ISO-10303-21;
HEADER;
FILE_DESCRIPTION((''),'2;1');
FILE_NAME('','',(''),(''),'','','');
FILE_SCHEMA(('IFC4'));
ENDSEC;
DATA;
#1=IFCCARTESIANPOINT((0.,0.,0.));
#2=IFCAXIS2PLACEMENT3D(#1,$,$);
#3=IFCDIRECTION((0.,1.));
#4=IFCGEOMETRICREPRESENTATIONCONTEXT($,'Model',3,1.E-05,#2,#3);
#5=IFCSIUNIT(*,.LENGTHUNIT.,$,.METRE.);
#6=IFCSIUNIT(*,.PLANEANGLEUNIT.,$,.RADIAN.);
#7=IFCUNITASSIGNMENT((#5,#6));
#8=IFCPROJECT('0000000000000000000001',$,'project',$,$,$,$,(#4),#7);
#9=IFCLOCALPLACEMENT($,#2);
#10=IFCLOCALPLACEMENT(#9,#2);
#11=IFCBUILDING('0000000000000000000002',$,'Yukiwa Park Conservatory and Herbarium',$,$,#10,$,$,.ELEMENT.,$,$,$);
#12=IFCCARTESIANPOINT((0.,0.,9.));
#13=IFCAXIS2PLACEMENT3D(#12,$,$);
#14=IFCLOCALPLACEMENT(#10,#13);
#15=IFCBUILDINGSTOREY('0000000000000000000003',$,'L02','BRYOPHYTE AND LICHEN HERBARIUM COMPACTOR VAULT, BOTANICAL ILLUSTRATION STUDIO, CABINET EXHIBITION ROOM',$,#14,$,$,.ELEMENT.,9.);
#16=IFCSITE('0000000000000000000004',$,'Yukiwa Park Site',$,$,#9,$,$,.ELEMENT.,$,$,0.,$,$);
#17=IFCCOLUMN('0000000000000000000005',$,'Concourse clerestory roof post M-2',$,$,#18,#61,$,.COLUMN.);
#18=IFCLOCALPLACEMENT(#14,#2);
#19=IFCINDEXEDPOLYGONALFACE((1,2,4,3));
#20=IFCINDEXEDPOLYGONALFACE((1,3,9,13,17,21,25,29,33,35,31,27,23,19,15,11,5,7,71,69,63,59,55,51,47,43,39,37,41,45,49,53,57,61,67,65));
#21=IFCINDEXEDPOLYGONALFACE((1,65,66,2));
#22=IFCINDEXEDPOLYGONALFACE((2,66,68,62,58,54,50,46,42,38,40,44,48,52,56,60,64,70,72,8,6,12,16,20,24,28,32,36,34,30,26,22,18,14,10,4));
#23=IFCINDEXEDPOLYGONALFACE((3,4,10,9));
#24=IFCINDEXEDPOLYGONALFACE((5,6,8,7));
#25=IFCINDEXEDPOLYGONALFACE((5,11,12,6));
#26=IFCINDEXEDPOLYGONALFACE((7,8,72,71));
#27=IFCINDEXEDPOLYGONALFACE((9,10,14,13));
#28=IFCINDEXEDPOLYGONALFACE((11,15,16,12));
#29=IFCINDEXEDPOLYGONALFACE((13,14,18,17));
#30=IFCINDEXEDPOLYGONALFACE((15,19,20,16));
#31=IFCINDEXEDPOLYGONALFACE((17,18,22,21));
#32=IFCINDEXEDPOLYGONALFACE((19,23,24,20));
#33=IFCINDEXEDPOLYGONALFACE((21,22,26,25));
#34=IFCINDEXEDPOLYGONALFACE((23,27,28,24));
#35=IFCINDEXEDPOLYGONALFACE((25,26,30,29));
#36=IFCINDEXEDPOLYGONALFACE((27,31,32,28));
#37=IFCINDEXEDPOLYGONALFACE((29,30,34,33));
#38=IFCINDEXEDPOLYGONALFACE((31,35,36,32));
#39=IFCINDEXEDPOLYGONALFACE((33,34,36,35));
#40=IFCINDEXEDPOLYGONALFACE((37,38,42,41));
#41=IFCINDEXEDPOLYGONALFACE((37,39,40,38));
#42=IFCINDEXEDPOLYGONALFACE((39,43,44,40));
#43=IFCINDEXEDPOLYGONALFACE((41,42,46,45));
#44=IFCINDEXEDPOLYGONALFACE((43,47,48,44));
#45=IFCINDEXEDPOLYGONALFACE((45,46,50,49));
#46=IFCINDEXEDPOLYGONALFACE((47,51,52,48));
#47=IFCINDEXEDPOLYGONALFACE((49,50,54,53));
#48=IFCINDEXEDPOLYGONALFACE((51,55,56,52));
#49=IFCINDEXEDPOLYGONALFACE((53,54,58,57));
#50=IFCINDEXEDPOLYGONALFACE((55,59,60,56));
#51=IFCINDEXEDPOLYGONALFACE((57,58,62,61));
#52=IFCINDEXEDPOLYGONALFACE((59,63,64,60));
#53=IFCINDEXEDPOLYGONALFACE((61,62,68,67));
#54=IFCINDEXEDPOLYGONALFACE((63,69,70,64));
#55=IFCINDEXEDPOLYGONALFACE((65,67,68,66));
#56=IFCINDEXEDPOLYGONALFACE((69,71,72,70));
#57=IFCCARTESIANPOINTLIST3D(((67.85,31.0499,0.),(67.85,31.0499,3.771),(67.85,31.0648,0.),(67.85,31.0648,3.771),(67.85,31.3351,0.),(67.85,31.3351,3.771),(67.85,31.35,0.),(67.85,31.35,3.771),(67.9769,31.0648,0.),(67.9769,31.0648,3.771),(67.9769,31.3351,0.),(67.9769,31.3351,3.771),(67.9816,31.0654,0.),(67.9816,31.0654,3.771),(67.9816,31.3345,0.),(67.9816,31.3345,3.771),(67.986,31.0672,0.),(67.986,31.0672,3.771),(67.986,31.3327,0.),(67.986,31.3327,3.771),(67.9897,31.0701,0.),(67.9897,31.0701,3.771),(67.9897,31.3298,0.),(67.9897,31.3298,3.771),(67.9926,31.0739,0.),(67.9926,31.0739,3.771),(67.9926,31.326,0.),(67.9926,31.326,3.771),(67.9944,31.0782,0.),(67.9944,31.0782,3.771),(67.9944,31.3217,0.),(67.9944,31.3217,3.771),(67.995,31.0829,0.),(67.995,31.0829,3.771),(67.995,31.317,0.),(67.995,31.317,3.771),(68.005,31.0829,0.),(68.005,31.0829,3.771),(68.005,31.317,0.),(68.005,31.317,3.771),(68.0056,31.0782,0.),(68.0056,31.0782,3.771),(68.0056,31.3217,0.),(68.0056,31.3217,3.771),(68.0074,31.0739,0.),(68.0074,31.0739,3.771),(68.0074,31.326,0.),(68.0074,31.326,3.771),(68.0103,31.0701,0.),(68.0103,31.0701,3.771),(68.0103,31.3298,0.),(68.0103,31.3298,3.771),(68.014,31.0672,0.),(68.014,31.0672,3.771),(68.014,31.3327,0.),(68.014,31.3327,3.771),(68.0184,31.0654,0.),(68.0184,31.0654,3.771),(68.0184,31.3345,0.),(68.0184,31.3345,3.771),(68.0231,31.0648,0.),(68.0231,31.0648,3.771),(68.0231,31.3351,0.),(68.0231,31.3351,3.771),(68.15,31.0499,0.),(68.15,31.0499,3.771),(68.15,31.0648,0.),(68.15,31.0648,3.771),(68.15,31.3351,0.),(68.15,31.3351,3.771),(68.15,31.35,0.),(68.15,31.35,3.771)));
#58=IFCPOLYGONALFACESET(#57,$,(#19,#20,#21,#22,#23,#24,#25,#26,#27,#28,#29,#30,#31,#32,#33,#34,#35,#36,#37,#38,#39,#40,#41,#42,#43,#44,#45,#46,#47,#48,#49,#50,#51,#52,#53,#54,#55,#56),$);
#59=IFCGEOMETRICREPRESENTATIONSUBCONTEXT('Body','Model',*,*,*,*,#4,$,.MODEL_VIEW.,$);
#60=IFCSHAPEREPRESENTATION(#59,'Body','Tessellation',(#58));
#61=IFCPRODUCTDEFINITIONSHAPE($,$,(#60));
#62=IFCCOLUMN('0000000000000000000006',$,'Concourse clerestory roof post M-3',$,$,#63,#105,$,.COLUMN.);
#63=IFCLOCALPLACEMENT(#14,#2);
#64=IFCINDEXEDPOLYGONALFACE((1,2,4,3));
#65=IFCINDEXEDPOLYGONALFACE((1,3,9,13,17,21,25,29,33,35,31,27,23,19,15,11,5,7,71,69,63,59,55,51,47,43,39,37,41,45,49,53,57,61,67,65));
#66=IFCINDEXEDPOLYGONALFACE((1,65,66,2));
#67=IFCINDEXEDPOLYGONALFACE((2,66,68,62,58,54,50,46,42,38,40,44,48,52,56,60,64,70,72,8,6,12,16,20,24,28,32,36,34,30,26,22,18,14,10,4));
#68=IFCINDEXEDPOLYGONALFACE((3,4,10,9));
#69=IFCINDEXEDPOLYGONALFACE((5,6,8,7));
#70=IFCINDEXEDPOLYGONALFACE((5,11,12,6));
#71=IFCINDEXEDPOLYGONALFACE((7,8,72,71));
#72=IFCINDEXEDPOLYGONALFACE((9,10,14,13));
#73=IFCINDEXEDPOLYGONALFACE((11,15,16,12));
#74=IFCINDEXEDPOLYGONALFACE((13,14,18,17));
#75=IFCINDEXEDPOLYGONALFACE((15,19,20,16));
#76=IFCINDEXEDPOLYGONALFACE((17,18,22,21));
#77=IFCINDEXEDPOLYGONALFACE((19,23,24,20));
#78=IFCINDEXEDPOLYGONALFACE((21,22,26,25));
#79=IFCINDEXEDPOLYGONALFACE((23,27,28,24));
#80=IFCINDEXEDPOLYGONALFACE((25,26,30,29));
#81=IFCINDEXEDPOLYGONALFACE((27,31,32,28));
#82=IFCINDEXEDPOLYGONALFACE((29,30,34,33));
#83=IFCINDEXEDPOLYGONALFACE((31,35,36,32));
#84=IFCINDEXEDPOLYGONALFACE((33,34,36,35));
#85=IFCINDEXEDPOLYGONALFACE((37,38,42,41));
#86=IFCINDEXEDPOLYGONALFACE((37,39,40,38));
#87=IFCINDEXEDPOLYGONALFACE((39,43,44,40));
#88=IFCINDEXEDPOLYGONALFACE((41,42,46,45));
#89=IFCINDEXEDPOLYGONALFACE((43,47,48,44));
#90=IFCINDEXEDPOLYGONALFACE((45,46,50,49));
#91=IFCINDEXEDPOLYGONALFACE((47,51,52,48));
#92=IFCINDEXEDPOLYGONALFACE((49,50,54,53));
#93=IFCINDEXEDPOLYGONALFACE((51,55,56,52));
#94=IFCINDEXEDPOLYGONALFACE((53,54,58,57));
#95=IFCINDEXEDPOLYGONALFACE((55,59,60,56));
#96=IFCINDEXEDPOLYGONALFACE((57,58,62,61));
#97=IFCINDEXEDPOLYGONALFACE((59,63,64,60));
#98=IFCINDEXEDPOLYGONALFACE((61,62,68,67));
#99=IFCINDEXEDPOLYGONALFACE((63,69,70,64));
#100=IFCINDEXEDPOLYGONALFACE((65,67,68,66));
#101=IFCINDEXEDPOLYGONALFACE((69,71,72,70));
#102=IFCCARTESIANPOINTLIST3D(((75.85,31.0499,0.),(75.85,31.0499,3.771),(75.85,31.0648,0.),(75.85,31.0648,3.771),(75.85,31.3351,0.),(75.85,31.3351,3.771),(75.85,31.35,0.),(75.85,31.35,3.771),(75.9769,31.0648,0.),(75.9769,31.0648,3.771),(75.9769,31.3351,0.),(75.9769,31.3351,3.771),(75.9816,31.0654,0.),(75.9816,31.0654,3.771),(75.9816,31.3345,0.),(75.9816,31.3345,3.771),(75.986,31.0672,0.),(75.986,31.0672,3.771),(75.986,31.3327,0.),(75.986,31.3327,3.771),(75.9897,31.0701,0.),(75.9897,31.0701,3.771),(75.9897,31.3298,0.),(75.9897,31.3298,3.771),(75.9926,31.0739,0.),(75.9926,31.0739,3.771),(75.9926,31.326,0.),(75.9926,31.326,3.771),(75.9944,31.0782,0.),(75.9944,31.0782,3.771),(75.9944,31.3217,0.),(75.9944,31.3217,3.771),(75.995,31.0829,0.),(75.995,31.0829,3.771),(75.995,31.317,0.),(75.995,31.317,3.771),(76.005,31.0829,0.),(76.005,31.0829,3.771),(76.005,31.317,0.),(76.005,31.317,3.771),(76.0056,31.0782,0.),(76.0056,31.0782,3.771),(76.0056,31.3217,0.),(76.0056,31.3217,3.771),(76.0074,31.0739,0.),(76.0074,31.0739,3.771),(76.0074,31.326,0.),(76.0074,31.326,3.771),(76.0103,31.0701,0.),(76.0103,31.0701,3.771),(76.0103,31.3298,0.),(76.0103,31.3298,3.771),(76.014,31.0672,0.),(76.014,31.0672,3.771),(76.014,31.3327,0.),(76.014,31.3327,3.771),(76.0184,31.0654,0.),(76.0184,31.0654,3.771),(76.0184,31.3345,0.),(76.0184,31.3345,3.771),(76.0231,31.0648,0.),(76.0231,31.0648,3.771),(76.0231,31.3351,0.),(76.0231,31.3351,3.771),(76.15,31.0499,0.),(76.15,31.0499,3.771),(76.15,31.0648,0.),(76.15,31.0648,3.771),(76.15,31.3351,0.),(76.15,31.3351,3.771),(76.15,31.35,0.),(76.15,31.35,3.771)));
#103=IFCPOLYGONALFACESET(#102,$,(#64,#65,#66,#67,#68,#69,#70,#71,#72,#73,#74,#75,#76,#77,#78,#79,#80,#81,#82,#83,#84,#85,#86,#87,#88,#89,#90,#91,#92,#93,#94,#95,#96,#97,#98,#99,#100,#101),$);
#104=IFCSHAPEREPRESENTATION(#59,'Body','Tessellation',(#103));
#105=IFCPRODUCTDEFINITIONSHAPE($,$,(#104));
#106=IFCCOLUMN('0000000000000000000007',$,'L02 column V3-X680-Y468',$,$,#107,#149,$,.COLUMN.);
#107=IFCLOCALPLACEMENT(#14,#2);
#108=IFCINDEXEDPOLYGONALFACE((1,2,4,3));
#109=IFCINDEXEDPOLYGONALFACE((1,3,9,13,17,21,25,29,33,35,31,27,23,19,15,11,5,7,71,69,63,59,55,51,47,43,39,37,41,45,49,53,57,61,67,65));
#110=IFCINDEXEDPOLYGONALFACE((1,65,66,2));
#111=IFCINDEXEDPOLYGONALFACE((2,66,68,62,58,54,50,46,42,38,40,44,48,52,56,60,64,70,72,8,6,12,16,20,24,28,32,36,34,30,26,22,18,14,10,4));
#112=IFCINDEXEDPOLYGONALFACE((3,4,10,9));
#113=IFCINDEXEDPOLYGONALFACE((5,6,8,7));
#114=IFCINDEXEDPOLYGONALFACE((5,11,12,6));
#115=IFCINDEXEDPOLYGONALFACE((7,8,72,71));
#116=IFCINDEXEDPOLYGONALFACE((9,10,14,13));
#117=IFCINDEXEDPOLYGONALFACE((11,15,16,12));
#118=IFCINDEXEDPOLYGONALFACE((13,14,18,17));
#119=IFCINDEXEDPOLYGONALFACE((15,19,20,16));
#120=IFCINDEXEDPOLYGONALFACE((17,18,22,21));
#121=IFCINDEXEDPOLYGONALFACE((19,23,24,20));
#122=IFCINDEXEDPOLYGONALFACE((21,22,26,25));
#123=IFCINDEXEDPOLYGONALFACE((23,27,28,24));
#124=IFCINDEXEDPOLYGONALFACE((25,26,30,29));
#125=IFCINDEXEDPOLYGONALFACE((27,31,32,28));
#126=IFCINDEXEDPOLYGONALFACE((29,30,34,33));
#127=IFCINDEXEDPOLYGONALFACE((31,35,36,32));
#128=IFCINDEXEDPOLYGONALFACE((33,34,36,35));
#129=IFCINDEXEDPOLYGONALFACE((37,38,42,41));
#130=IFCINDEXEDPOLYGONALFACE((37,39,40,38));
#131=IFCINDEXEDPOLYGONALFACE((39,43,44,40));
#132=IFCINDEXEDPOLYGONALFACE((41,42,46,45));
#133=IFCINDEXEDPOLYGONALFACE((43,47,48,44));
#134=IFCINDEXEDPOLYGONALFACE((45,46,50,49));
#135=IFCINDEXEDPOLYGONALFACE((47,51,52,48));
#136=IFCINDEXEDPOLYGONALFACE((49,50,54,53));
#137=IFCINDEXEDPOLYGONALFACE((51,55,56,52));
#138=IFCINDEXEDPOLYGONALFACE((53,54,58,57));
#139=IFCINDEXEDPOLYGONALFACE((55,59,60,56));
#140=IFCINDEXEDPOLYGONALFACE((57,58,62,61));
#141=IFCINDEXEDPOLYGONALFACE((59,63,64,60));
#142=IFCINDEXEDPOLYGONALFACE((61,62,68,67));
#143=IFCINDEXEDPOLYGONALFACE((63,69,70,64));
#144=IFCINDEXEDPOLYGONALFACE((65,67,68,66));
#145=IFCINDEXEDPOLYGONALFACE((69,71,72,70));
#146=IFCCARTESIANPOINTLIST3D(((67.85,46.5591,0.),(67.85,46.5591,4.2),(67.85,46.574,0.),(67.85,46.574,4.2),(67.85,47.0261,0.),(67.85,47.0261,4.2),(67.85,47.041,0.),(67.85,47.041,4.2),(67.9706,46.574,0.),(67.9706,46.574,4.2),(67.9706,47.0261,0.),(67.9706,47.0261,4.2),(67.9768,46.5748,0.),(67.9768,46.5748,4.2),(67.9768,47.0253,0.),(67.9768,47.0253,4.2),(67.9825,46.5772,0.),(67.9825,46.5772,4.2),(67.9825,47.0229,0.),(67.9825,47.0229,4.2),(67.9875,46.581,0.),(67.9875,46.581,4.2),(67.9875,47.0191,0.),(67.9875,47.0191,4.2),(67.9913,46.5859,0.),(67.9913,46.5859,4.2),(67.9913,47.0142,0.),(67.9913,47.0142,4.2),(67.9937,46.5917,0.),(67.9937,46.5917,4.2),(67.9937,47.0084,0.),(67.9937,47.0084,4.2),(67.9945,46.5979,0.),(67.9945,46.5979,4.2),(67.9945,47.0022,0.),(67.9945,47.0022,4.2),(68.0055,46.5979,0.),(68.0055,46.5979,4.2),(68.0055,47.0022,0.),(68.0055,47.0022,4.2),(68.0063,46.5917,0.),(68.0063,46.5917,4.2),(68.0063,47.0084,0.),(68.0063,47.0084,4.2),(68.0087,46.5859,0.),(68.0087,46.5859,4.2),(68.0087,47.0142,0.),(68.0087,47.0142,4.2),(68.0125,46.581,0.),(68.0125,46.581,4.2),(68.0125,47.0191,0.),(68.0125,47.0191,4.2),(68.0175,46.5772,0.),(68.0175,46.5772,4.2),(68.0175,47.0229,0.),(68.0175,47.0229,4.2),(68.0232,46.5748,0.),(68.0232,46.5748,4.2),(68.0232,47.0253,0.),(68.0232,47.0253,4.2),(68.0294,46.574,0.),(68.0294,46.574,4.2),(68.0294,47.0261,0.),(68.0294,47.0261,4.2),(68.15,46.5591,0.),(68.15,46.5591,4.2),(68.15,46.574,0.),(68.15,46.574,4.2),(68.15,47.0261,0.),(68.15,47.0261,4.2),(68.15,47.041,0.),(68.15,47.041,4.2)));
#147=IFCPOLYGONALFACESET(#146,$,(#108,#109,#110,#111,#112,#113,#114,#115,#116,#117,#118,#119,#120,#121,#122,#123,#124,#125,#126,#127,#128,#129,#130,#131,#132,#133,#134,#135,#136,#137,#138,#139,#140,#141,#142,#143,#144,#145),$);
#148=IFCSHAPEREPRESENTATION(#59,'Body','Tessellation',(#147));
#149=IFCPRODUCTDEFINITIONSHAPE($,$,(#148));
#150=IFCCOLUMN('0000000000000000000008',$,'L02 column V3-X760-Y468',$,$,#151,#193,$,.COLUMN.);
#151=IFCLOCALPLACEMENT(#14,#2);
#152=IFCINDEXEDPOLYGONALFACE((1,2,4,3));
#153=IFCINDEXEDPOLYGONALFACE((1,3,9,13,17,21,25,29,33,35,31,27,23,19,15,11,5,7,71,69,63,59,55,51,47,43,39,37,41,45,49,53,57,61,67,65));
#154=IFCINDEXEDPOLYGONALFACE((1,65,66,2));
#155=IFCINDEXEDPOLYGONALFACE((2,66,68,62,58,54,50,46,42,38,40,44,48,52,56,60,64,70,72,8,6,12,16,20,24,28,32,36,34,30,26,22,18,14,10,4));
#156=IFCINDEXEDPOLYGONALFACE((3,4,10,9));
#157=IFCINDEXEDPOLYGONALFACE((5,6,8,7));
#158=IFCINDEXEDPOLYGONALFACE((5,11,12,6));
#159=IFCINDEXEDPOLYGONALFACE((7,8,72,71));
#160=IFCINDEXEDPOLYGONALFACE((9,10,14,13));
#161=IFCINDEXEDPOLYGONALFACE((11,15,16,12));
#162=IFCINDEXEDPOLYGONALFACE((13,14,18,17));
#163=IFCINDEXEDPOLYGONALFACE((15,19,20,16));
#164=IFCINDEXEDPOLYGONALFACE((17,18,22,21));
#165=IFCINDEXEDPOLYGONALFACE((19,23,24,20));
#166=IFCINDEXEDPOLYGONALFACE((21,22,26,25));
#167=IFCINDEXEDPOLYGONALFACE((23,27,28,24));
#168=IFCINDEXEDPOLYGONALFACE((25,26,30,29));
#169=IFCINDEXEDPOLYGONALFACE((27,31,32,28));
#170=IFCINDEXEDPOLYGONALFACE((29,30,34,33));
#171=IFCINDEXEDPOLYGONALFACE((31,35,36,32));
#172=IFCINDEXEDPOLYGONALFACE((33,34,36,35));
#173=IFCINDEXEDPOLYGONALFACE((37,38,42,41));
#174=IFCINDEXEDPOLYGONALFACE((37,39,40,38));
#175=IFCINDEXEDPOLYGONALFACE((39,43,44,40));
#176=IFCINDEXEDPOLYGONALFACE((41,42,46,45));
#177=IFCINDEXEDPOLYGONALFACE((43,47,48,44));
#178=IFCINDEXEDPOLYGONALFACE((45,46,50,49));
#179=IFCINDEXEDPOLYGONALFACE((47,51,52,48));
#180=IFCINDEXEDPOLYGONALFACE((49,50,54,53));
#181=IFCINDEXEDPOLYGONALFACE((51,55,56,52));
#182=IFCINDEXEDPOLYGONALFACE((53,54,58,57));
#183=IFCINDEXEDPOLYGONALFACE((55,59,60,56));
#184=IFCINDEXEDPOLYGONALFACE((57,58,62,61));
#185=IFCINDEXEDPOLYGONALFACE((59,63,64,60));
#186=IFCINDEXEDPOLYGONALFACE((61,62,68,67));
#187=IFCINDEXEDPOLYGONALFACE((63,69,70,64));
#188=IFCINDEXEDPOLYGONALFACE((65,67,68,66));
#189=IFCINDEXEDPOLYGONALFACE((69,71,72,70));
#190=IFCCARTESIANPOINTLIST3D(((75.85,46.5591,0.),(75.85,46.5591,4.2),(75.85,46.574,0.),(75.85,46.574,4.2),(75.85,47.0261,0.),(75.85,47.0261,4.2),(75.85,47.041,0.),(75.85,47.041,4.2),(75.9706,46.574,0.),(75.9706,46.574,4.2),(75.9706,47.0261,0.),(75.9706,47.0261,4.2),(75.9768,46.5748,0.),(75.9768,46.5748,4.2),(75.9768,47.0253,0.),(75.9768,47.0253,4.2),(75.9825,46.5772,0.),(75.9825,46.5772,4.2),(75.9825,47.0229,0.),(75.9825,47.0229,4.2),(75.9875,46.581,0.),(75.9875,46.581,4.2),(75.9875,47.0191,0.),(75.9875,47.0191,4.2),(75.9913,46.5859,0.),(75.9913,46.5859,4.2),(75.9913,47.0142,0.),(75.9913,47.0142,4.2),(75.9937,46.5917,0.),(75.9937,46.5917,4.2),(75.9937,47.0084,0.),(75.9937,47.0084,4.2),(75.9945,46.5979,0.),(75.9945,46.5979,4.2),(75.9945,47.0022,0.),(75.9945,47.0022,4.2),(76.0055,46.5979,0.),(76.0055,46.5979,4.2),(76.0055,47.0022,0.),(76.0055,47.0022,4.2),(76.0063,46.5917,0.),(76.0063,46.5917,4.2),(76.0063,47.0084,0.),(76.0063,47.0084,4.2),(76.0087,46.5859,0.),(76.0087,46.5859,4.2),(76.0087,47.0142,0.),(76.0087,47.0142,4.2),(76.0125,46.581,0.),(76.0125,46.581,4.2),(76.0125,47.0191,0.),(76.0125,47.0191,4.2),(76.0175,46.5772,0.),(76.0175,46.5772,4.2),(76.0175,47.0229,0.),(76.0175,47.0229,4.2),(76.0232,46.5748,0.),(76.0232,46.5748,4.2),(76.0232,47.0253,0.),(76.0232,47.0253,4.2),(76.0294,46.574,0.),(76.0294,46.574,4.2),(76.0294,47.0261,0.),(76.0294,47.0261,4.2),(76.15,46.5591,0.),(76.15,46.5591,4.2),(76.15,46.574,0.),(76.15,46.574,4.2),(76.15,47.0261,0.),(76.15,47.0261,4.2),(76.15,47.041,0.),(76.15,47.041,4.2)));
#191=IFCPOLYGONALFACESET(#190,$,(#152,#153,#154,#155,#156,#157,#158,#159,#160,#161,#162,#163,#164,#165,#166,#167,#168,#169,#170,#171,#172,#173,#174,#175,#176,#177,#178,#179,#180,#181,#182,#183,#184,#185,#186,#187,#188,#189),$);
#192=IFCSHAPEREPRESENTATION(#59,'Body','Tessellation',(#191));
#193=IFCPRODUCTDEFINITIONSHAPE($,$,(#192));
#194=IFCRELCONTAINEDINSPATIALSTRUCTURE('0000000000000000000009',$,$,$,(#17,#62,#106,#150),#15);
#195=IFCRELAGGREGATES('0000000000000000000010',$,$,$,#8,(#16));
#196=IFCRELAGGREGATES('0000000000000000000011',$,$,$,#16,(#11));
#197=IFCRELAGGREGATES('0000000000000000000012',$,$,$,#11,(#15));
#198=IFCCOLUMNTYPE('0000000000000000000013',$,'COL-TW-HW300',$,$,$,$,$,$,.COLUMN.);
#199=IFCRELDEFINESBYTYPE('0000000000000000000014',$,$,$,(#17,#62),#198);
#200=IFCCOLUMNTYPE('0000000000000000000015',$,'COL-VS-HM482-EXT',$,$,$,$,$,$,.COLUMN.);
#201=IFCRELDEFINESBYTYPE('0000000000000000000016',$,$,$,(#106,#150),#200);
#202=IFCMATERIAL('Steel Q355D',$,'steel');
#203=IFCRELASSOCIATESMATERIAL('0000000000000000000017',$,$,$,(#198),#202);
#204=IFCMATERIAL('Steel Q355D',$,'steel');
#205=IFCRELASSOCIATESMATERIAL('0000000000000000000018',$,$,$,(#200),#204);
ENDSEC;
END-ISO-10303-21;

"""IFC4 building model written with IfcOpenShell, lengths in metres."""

from ifc_helpers import new_model, si_unit, direction, frame, origin, origin_2d, place, context, subcontext, project, spatial, i_section, extrude, material, material_profile, profile_set, type_object, element, save


model = new_model("IFC4")

# Units and contexts
model_context = context("Model", 3, precision=1e-05, world=origin(), true_north=direction((0.0, 1.0)))
body_context = subcontext(model_context, "Body", "Model", "MODEL_VIEW")
ifc_project = project(units=[si_unit("LENGTHUNIT", "METRE"), si_unit("PLANEANGLEUNIT", "RADIAN")], contexts=[model_context])

# Site, building, storey
site_placement = place(None, origin())
site = spatial("IfcSite", under=ifc_project, at=site_placement, Name="Yukiwa Park Site", CompositionType="ELEMENT", RefElevation=0.0)
building_placement = place(site_placement, origin())
building = spatial("IfcBuilding", under=site, at=building_placement, Name="Yukiwa Park Conservatory and Herbarium", CompositionType="ELEMENT")
storey_placement = place(building_placement, frame((0.0, 0.0, 9.0)))
storey = spatial("IfcBuildingStorey", under=building, at=storey_placement, Name="L02", Description="BRYOPHYTE AND LICHEN HERBARIUM COMPACTOR VAULT, BOTANICAL ILLUSTRATION STUDIO, CABINET EXHIBITION ROOM", CompositionType="ELEMENT", Elevation=9.0)

# Columns
ifc_material_1 = material(Name="Steel Q355D", Category="steel")
ifc_material_profile_1 = material_profile(ifc_material_1, i_section(OverallWidth=0.3, OverallDepth=0.3, WebThickness=0.01, FlangeThickness=0.0149, FilletRadius=0.0181, at=origin_2d()), Name="HW 300x300x10x15")
ifc_profile_set_1 = profile_set([ifc_material_profile_1], Name="Steel Q355D")
column_type_1 = type_object("IfcColumnType", Name="COL-TW-HW300", PredefinedType="COLUMN", material=ifc_profile_set_1)
for number, where, z_axis, x_axis, name in (
    (1, (68.0, 31.2, 0.0), (0.0, 0.0, 1.0), (1.0, 0.0, 0.0), "Concourse clerestory roof post M-2"),
    (2, (76.0, 31.2, 0.0), (0.0, 0.0, 1.0), (1.0, 0.0, 0.0), "Concourse clerestory roof post M-3"),
):
    element("IfcColumn", number, at=place(storey_placement, frame(where, z_axis=z_axis, x_axis=x_axis)), inside=storey, type_object=column_type_1, Name=name, PredefinedType="COLUMN", context=body_context, shape_type="SweptSolid", body=[
        extrude(i_section(OverallWidth=0.3, OverallDepth=0.3, WebThickness=0.01, FlangeThickness=0.0149, FilletRadius=0.0181, at=origin_2d()), origin(), (0.0, 0.0, 1.0), 3.771),
    ])
ifc_material_2 = material(Name="Steel Q355D", Category="steel")
ifc_material_profile_2 = material_profile(ifc_material_2, i_section(OverallWidth=0.3, OverallDepth=0.4819, WebThickness=0.011, FlangeThickness=0.0149, FilletRadius=0.0239, at=origin_2d()), Name="HM 482x300x11x15")
ifc_profile_set_2 = profile_set([ifc_material_profile_2], Name="Steel Q355D")
column_type_2 = type_object("IfcColumnType", Name="COL-VS-HM482-EXT", PredefinedType="COLUMN", material=ifc_profile_set_2)
for number, where, z_axis, x_axis, name in (
    (3, (68.0, 46.8, 0.0), (0.0, 0.0, 1.0), (1.0, 0.0, 0.0), "L02 column V3-X680-Y468"),
    (4, (76.0, 46.8, 0.0), (0.0, 0.0, 1.0), (1.0, 0.0, 0.0), "L02 column V3-X760-Y468"),
):
    element("IfcColumn", number, at=place(storey_placement, frame(where, z_axis=z_axis, x_axis=x_axis)), inside=storey, type_object=column_type_2, Name=name, PredefinedType="COLUMN", context=body_context, shape_type="SweptSolid", body=[
        extrude(i_section(OverallWidth=0.3, OverallDepth=0.4819, WebThickness=0.011, FlangeThickness=0.0149, FilletRadius=0.0239, at=origin_2d()), origin(), (0.0, 0.0, 1.0), 4.2),
    ])

save(model, "model.ifc")
